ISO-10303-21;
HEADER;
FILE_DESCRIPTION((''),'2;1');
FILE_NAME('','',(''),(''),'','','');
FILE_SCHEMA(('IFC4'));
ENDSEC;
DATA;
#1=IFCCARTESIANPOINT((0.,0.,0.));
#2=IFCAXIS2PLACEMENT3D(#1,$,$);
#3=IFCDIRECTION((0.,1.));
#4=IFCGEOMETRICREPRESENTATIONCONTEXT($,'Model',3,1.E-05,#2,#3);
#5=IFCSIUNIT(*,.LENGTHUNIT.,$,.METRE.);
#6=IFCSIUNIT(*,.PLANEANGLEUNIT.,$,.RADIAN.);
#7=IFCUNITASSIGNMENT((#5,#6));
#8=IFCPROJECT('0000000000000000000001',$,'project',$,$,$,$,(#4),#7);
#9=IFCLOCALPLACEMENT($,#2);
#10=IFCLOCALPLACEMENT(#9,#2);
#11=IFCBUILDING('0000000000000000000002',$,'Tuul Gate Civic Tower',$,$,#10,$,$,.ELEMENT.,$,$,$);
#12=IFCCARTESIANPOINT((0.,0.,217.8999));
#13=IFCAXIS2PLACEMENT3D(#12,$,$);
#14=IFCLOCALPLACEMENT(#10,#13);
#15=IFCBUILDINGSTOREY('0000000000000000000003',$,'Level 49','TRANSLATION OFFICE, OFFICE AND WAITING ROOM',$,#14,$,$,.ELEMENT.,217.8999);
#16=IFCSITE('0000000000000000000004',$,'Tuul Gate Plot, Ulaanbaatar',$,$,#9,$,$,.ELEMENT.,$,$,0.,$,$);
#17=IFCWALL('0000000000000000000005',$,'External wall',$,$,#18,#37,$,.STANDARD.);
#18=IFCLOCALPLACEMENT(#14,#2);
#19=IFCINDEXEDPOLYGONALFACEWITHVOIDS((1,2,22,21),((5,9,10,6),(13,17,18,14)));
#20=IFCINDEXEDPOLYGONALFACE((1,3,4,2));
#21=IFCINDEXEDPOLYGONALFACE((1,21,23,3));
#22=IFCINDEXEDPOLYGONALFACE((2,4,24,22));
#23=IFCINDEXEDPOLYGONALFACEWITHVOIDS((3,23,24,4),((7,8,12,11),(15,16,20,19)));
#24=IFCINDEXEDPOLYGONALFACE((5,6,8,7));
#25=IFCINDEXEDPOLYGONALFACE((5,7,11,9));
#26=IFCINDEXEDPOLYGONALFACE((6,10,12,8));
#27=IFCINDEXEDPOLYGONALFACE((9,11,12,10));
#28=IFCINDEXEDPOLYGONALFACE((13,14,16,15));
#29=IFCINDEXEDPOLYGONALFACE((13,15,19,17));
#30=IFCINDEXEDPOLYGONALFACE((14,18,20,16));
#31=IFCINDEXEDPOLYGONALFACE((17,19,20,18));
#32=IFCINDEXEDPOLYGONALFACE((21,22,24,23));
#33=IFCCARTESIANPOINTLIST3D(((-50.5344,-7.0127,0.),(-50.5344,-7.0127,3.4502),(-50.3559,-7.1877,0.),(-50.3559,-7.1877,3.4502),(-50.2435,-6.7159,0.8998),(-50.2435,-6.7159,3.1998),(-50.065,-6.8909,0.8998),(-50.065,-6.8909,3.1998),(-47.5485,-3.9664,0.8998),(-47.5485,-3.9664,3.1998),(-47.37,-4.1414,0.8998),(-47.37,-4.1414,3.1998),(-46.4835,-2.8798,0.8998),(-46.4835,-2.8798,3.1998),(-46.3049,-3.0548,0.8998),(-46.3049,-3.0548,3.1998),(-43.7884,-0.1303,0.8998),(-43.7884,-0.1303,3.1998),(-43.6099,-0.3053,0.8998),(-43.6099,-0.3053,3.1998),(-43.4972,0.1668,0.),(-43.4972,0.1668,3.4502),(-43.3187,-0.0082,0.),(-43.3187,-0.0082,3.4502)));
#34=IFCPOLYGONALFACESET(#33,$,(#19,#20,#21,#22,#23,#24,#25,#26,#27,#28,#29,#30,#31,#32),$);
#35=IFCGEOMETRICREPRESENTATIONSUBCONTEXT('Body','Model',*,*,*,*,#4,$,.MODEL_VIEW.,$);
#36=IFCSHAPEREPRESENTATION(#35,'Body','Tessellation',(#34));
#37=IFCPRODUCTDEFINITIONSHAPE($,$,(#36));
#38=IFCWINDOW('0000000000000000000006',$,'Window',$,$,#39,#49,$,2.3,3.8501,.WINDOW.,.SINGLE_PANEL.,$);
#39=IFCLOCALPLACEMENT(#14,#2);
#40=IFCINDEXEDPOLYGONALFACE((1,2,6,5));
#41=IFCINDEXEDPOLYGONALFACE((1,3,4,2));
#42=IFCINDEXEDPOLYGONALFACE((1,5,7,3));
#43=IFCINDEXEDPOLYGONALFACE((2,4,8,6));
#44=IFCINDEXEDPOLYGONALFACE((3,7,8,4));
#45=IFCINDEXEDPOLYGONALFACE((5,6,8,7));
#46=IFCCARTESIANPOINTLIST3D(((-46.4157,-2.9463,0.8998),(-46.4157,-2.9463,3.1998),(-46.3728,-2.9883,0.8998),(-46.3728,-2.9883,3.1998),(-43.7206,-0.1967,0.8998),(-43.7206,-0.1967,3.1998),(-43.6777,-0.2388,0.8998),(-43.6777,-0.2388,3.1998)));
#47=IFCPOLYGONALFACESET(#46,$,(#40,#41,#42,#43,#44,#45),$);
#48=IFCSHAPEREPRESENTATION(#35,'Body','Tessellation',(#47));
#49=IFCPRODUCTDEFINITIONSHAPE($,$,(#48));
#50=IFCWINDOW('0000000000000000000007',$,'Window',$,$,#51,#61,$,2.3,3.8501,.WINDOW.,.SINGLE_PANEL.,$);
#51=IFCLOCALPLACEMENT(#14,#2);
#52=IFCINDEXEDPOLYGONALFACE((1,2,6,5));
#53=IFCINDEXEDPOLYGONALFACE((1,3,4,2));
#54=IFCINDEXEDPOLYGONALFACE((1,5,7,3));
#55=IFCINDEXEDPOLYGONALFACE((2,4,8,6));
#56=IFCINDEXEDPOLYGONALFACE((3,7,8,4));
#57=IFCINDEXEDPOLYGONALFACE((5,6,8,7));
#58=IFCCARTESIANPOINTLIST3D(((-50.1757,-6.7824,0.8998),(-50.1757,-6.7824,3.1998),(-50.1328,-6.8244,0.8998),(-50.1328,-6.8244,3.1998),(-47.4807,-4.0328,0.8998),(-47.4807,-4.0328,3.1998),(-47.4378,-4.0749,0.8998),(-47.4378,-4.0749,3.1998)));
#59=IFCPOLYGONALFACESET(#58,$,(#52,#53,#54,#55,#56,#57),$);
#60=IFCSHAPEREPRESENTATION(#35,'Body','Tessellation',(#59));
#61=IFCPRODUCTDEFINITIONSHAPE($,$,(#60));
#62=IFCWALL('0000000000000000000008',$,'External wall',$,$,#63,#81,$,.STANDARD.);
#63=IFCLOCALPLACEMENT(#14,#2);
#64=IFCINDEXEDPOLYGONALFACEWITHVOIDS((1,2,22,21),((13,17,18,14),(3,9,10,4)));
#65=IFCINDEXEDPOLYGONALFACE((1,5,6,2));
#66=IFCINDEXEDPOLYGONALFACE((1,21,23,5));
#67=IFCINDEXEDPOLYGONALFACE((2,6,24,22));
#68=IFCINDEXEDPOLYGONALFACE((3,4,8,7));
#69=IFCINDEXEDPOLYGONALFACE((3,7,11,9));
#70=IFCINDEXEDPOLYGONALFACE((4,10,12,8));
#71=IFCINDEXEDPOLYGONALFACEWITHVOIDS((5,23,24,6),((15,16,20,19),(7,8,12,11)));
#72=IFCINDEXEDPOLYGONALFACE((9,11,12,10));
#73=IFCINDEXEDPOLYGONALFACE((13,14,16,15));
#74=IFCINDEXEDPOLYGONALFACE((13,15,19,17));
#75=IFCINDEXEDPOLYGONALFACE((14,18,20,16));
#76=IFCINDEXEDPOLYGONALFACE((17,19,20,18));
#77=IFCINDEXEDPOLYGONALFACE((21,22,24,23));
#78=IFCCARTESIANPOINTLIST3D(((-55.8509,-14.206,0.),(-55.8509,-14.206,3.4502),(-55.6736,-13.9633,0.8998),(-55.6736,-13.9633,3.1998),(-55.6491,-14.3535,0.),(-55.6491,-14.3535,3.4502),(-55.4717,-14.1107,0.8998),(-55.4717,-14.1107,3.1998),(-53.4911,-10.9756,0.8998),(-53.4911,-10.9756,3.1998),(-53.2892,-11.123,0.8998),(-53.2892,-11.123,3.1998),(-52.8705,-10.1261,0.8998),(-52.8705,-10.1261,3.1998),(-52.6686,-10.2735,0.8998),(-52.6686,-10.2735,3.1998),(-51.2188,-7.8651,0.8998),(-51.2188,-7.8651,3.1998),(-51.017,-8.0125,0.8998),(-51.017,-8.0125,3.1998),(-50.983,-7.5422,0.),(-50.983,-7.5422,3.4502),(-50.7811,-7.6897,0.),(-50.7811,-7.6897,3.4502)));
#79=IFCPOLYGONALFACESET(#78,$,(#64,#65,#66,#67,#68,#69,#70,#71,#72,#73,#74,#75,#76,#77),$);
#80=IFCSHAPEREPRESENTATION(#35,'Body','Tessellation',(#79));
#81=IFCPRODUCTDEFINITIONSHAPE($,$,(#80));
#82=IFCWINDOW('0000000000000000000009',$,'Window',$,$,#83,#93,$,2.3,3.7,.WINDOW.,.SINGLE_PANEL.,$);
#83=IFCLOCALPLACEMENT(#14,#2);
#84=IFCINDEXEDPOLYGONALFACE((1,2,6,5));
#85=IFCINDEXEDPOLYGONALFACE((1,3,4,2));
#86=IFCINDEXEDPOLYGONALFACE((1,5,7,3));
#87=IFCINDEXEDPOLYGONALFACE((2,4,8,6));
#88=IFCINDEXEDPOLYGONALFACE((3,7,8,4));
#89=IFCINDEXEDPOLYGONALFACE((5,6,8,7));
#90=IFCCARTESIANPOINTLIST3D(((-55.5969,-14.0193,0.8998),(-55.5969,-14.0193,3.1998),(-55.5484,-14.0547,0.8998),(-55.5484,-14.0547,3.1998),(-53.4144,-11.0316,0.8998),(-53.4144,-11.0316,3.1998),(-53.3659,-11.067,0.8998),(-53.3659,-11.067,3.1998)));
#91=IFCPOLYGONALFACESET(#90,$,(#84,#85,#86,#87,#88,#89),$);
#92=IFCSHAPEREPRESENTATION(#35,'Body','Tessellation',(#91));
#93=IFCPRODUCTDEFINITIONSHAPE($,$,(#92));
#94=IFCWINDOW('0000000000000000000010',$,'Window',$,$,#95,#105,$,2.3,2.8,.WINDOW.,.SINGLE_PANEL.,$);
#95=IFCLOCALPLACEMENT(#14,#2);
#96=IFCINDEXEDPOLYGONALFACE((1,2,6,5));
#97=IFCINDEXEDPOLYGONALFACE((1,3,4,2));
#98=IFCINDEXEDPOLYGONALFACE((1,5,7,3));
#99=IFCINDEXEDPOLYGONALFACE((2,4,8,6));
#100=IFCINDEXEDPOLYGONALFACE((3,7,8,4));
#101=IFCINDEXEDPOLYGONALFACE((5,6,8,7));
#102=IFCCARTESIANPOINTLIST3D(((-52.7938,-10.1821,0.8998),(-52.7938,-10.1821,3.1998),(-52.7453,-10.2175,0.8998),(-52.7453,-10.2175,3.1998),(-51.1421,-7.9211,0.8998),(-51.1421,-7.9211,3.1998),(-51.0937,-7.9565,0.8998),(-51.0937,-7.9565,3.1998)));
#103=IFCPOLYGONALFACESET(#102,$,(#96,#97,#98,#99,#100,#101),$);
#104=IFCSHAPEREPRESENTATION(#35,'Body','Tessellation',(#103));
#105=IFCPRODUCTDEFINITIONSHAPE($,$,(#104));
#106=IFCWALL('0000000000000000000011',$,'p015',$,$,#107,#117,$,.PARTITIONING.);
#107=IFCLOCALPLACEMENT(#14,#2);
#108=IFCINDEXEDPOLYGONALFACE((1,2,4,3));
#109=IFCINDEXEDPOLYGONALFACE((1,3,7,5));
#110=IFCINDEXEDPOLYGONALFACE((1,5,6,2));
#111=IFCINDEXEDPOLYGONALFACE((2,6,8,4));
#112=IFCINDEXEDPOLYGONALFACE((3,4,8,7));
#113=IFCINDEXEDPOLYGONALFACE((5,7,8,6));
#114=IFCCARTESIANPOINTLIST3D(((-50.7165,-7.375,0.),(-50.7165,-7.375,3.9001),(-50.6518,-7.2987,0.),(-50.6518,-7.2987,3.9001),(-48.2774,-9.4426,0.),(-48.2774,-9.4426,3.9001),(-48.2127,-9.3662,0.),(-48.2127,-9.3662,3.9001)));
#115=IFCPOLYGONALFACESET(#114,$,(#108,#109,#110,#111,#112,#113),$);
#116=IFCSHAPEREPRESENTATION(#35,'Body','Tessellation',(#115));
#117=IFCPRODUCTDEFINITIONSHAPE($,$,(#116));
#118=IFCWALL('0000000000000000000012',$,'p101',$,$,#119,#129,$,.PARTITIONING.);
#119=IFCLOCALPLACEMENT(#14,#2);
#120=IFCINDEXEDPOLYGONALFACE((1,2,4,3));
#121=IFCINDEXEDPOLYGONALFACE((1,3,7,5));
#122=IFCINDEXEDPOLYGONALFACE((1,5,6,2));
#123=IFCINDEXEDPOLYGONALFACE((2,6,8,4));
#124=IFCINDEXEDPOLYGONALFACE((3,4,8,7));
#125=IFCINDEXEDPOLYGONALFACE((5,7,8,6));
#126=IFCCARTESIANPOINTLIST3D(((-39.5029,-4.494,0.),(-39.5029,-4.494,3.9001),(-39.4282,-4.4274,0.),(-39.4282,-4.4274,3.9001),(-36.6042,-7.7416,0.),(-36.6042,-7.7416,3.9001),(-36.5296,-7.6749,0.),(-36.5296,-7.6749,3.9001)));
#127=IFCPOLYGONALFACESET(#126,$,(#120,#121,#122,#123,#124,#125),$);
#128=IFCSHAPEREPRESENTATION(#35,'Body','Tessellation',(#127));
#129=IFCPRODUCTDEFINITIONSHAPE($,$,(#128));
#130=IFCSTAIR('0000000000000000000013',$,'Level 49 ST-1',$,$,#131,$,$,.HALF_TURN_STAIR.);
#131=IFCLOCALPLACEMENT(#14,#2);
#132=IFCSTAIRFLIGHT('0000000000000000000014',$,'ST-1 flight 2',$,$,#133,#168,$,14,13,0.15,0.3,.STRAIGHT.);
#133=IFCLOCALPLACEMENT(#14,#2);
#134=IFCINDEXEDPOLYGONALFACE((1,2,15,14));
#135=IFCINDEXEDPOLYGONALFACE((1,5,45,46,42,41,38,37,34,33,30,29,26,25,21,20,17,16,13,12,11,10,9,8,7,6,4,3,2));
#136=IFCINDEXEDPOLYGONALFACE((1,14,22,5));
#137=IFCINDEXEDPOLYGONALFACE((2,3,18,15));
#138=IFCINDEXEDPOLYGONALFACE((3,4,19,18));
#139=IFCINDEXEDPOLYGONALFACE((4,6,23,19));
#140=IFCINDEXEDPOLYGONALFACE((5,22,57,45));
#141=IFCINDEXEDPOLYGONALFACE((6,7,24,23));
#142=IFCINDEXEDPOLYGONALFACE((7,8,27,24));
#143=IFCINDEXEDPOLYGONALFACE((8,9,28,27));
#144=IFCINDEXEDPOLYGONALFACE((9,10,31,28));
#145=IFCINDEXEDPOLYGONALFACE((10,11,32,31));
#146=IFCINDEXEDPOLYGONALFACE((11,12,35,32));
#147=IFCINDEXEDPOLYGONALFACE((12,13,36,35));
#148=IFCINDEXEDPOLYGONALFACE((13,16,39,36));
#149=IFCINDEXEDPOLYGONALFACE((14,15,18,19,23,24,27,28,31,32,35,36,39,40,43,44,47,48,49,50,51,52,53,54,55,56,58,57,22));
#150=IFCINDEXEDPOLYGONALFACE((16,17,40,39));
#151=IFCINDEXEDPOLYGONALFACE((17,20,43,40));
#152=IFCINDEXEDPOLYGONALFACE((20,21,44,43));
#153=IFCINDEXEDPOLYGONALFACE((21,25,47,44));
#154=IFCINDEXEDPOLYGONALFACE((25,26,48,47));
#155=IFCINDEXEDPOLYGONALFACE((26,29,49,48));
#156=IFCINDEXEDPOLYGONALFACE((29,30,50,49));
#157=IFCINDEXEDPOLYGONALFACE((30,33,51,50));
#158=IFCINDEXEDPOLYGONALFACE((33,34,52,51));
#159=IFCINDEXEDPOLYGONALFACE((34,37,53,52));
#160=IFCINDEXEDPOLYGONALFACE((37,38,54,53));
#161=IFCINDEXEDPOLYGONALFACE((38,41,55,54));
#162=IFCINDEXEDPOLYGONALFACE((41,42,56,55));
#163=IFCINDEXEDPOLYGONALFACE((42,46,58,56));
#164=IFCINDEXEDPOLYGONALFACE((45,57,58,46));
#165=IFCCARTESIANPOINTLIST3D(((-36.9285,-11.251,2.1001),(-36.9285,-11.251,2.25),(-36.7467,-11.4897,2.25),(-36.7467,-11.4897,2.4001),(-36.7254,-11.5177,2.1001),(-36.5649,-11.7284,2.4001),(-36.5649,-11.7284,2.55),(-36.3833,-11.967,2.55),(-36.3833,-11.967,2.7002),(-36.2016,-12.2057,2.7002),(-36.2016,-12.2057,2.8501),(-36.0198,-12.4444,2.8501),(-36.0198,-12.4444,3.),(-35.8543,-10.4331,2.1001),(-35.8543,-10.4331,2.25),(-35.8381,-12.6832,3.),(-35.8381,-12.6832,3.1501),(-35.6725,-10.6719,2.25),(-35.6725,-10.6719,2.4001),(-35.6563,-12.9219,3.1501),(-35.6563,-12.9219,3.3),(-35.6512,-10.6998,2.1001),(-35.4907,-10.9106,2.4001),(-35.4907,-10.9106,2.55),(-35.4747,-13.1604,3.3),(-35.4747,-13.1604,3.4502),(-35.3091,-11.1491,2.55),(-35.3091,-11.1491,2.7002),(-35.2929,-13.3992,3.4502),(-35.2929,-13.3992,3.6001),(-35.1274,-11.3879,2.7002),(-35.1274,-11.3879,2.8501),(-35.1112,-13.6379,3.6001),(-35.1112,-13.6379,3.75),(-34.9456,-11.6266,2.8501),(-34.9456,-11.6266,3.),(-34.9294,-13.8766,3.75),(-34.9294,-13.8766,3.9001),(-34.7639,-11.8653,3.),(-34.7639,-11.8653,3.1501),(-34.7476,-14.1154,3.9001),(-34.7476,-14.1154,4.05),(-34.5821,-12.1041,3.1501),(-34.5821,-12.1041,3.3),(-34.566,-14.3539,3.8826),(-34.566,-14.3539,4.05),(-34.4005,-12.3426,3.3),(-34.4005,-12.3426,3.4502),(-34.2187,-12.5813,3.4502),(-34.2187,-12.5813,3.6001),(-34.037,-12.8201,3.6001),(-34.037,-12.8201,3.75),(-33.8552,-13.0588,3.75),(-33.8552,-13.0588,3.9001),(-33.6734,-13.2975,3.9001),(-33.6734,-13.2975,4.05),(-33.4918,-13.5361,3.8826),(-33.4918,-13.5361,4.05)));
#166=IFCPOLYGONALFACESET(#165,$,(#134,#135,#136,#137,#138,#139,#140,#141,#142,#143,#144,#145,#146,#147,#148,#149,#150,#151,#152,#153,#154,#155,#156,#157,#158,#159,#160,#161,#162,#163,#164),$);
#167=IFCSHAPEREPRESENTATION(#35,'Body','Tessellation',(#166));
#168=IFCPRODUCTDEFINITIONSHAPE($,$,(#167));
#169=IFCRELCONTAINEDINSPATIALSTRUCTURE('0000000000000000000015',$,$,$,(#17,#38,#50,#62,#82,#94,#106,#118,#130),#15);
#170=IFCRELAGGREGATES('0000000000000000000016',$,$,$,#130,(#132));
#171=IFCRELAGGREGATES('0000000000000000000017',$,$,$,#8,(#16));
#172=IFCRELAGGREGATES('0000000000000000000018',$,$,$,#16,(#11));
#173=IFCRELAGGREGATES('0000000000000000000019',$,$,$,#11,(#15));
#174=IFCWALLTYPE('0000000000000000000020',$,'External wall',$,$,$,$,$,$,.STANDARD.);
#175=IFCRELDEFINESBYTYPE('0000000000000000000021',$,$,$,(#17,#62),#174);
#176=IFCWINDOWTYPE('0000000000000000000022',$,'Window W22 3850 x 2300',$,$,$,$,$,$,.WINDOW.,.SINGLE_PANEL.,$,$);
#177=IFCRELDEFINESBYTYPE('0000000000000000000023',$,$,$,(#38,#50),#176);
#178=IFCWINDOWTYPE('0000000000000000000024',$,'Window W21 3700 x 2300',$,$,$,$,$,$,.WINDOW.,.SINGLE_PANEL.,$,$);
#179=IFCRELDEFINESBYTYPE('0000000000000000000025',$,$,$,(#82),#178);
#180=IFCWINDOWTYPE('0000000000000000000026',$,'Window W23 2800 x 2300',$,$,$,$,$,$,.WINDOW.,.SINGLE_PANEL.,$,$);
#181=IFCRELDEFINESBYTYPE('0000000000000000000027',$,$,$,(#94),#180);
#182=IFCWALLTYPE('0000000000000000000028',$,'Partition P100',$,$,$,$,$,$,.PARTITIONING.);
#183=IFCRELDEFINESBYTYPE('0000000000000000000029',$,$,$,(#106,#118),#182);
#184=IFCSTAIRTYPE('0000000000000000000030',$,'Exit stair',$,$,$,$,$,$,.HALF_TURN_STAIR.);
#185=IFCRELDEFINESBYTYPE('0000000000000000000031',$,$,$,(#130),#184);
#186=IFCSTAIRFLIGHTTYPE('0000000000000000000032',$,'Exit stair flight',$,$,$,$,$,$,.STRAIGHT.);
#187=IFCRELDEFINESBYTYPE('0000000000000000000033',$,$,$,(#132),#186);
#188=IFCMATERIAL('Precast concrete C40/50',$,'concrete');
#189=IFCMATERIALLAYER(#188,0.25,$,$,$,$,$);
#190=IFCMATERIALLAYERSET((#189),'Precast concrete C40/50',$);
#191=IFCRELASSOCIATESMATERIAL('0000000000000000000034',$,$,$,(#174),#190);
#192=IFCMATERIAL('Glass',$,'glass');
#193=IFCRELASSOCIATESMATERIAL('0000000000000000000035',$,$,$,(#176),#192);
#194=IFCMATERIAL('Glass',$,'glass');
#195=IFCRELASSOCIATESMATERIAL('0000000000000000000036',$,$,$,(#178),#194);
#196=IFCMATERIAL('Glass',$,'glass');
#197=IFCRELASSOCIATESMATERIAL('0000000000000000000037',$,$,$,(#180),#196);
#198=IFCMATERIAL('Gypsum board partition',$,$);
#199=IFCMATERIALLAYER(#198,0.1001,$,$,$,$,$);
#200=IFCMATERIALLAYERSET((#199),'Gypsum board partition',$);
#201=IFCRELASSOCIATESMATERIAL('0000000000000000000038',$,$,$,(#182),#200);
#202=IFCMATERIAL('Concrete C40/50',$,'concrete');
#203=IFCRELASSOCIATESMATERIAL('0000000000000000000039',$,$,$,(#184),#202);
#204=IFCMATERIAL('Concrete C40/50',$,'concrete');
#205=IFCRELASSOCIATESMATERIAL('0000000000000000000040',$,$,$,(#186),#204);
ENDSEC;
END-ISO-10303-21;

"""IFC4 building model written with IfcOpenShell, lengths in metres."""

from ifc_helpers import new_model, si_unit, direction, frame, frame_2d, origin, place, context, subcontext, project, spatial, polyline, rectangle, outline, extrude, material, layer, layer_set, type_object, element, fill, aggregate, save


model = new_model("IFC4")

# Units and contexts
model_context = context("Model", 3, precision=1e-05, world=origin(), true_north=direction((0.0, 1.0)))
body_context = subcontext(model_context, "Body", "Model", "MODEL_VIEW")
ifc_project = project(units=[si_unit("LENGTHUNIT", "METRE"), si_unit("PLANEANGLEUNIT", "RADIAN")], contexts=[model_context])

# Site, building, storey
site_placement = place(None, origin())
site = spatial("IfcSite", under=ifc_project, at=site_placement, Name="Tuul Gate Plot, Ulaanbaatar", CompositionType="ELEMENT", RefElevation=0.0)
building_placement = place(site_placement, origin())
building = spatial("IfcBuilding", under=site, at=building_placement, Name="Tuul Gate Civic Tower", CompositionType="ELEMENT")
storey_placement = place(building_placement, frame((0.0, 0.0, 217.8999)))
storey = spatial("IfcBuildingStorey", under=building, at=storey_placement, Name="Level 49", Description="TRANSLATION OFFICE, OFFICE AND WAITING ROOM", CompositionType="ELEMENT", Elevation=217.8999)

# Walls, openings, windows
ifc_material_1 = material(Name="Precast concrete C40/50", Category="concrete")
ifc_layer_1 = layer(ifc_material_1, 0.25)
ifc_layer_set_1 = layer_set([ifc_layer_1], Name="Precast concrete C40/50")
wall_type_1 = type_object("IfcWallType", Name="External wall", PredefinedType="STANDARD", material=ifc_layer_set_1)
wall_1_placement = place(storey_placement, frame((-43.408, 0.0793, 0.0), z_axis=(0.0, 0.0, 1.0), x_axis=(-0.699992, -0.71415, 0.0)))
wall_1 = element("IfcWall", 1, at=wall_1_placement, inside=storey, type_object=wall_type_1, Name="External wall", PredefinedType="STANDARD", context=body_context, shape_type="SweptSolid", body=[
    extrude(rectangle(XDim=10.0532, YDim=0.25, at=frame_2d((5.0266, 0.0))), origin(), (0.0, 0.0, 1.0), 3.4502),
])
opening_1_placement = place(wall_1_placement, frame((0.416, 0.0, 0.8999)))
opening_1 = element("IfcOpeningElement", 2, at=opening_1_placement, cuts=wall_1, PredefinedType="OPENING", context=body_context, shape_type="SweptSolid", body=[
    extrude(rectangle(XDim=3.8501, YDim=2.3, at=frame_2d((1.925, 1.1499))), frame((0.0, 0.135, 0.0), z_axis=(0.0, -1.0, 0.0), x_axis=(1.0, 0.0, 0.0)), (0.0, 0.0, 1.0), 0.27),
])
opening_2_placement = place(wall_1_placement, frame((5.7876, 0.0, 0.8999)))
opening_2 = element("IfcOpeningElement", 3, at=opening_2_placement, cuts=wall_1, PredefinedType="OPENING", context=body_context, shape_type="SweptSolid", body=[
    extrude(rectangle(XDim=3.8501, YDim=2.3, at=frame_2d((1.925, 1.1499))), frame((0.0, 0.135, 0.0), z_axis=(0.0, -1.0, 0.0), x_axis=(1.0, 0.0, 0.0)), (0.0, 0.0, 1.0), 0.27),
])
ifc_material_2 = material(Name="Glass", Category="glass")
window_type_1 = type_object("IfcWindowType", Name="Window W22 3850 x 2300", PartitioningType="SINGLE_PANEL", PredefinedType="WINDOW", material=ifc_material_2)
window_1_placement = place(opening_1_placement, origin())
window_1 = element("IfcWindow", 4, at=window_1_placement, inside=storey, type_object=window_type_1, Name="Window", OverallHeight=2.3, OverallWidth=3.8501, PartitioningType="SINGLE_PANEL", PredefinedType="WINDOW", context=body_context, shape_type="SweptSolid", body=[
    extrude(rectangle(XDim=3.8501, YDim=2.3, at=frame_2d((1.925, 1.1499))), frame((0.0, 0.03, 0.0), z_axis=(0.0, -1.0, 0.0), x_axis=(1.0, 0.0, 0.0)), (0.0, 0.0, 1.0), 0.0601),
])
fill(opening_1, window_1)
window_2_placement = place(opening_2_placement, origin())
window_2 = element("IfcWindow", 5, at=window_2_placement, inside=storey, type_object=window_type_1, Name="Window", OverallHeight=2.3, OverallWidth=3.8501, PartitioningType="SINGLE_PANEL", PredefinedType="WINDOW", context=body_context, shape_type="SweptSolid", body=[
    extrude(rectangle(XDim=3.8501, YDim=2.3, at=frame_2d((1.925, 1.1499))), frame((0.0, 0.03, 0.0), z_axis=(0.0, -1.0, 0.0), x_axis=(1.0, 0.0, 0.0)), (0.0, 0.0, 1.0), 0.0601),
])
fill(opening_2, window_2)
wall_2_placement = place(storey_placement, frame((-50.8821, -7.616, 0.0), z_axis=(0.0, 0.0, 1.0), x_axis=(-0.589875, -0.807495, 0.0)))
wall_2 = element("IfcWall", 6, at=wall_2_placement, inside=storey, type_object=wall_type_1, Name="External wall", PredefinedType="STANDARD", context=body_context, shape_type="SweptSolid", body=[
    extrude(rectangle(XDim=8.2524, YDim=0.25, at=frame_2d((4.1262, 0.0))), origin(), (0.0, 0.0, 1.0), 3.4502),
])
opening_3_placement = place(wall_2_placement, frame((0.3999, 0.0, 0.8999)))
opening_3 = element("IfcOpeningElement", 7, at=opening_3_placement, cuts=wall_2, PredefinedType="OPENING", context=body_context, shape_type="SweptSolid", body=[
    extrude(rectangle(XDim=2.8, YDim=2.3, at=frame_2d((1.3999, 1.1499))), frame((0.0, 0.135, 0.0), z_axis=(0.0, -1.0, 0.0), x_axis=(1.0, 0.0, 0.0)), (0.0, 0.0, 1.0), 0.27),
])
opening_4_placement = place(wall_2_placement, frame((4.2517, 0.0, 0.8999)))
opening_4 = element("IfcOpeningElement", 8, at=opening_4_placement, cuts=wall_2, PredefinedType="OPENING", context=body_context, shape_type="SweptSolid", body=[
    extrude(rectangle(XDim=3.7, YDim=2.3, at=frame_2d((1.8501, 1.1499))), frame((0.0, 0.135, 0.0), z_axis=(0.0, -1.0, 0.0), x_axis=(1.0, 0.0, 0.0)), (0.0, 0.0, 1.0), 0.27),
])
ifc_material_3 = material(Name="Glass", Category="glass")
window_type_2 = type_object("IfcWindowType", Name="Window W21 3700 x 2300", PartitioningType="SINGLE_PANEL", PredefinedType="WINDOW", material=ifc_material_3)
window_3_placement = place(opening_4_placement, origin())
window_3 = element("IfcWindow", 9, at=window_3_placement, inside=storey, type_object=window_type_2, Name="Window", OverallHeight=2.3, OverallWidth=3.7, PartitioningType="SINGLE_PANEL", PredefinedType="WINDOW", context=body_context, shape_type="SweptSolid", body=[
    extrude(rectangle(XDim=3.7, YDim=2.3, at=frame_2d((1.8501, 1.1499))), frame((0.0, 0.03, 0.0), z_axis=(0.0, -1.0, 0.0), x_axis=(1.0, 0.0, 0.0)), (0.0, 0.0, 1.0), 0.0601),
])
fill(opening_4, window_3)
ifc_material_4 = material(Name="Glass", Category="glass")
window_type_3 = type_object("IfcWindowType", Name="Window W23 2800 x 2300", PartitioningType="SINGLE_PANEL", PredefinedType="WINDOW", material=ifc_material_4)
window_4_placement = place(opening_3_placement, origin())
window_4 = element("IfcWindow", 10, at=window_4_placement, inside=storey, type_object=window_type_3, Name="Window", OverallHeight=2.3, OverallWidth=2.8, PartitioningType="SINGLE_PANEL", PredefinedType="WINDOW", context=body_context, shape_type="SweptSolid", body=[
    extrude(rectangle(XDim=2.8, YDim=2.3, at=frame_2d((1.3999, 1.1499))), frame((0.0, 0.03, 0.0), z_axis=(0.0, -1.0, 0.0), x_axis=(1.0, 0.0, 0.0)), (0.0, 0.0, 1.0), 0.0601),
])
fill(opening_3, window_4)

# Walls
ifc_material_5 = material(Name="Gypsum board partition")
ifc_layer_2 = layer(ifc_material_5, 0.1001)
ifc_layer_set_2 = layer_set([ifc_layer_2], Name="Gypsum board partition")
wall_type_2 = type_object("IfcWallType", Name="Partition P100", PredefinedType="PARTITIONING", material=ifc_layer_set_2)
wall_3_placement = place(storey_placement, frame((-50.6841, -7.3369, 0.0), z_axis=(0.0, 0.0, 1.0), x_axis=(0.762818, -0.646613, 0.0)))
element("IfcWall", 11, at=wall_3_placement, inside=storey, type_object=wall_type_2, Name="p015", PredefinedType="PARTITIONING", context=body_context, shape_type="SweptSolid", body=[
    extrude(rectangle(XDim=3.1975, YDim=0.1001, at=frame_2d((1.5986, 0.0))), origin(), (0.0, 0.0, 1.0), 3.9001),
])
wall_4_placement = place(storey_placement, frame((-39.4656, -4.4607, 0.0), z_axis=(0.0, 0.0, 1.0), x_axis=(0.665898, -0.746043, 0.0)))
element("IfcWall", 12, at=wall_4_placement, inside=storey, type_object=wall_type_2, Name="p101", PredefinedType="PARTITIONING", context=body_context, shape_type="SweptSolid", body=[
    extrude(rectangle(XDim=4.353, YDim=0.1001, at=frame_2d((2.1765, 0.0))), origin(), (0.0, 0.0, 1.0), 3.9001),
])

# Stair, stair flight
ifc_material_6 = material(Name="Concrete C40/50", Category="concrete")
stair_type = type_object("IfcStairType", Name="Exit stair", PredefinedType="HALF_TURN_STAIR", material=ifc_material_6)
stair_placement = place(storey_placement, origin())
stair = element("IfcStair", 13, at=stair_placement, inside=storey, type_object=stair_type, Name="Level 49 ST-1", PredefinedType="HALF_TURN_STAIR")
ifc_material_7 = material(Name="Concrete C40/50", Category="concrete")
stair_flight_type = type_object("IfcStairFlightType", Name="Exit stair flight", PredefinedType="STRAIGHT", material=ifc_material_7)
stair_flight_placement = place(storey_placement, frame((-36.3914, -10.842, 2.1001), z_axis=(0.0, 0.0, 1.0), x_axis=(0.605764, -0.795644, 0.0)))
stair_flight = element("IfcStairFlight", 14, at=stair_flight_placement, type_object=stair_flight_type, Name="ST-1 flight 2", NumberOfRisers=14, NumberOfTreads=13, PredefinedType="STRAIGHT", RiserHeight=0.15, TreadLength=0.3, context=body_context, shape_type="SweptSolid", body=[
    extrude(outline(polyline([(0.0, 0.0), (0.0, 0.1499), (0.3, 0.1499), (0.3, 0.3), (0.6001, 0.3), (0.6001, 0.45), (0.8999, 0.45), (0.8999, 0.6001), (1.2, 0.6001), (1.2, 0.75), (1.5, 0.75), (1.5, 0.8999), (1.8, 0.8999), (1.8, 1.05), (2.1001, 1.05), (2.1001, 1.2), (2.3999, 1.2), (2.3999, 1.3501), (2.7, 1.3501), (2.7, 1.5), (3.0, 1.5), (3.0, 1.6499), (3.3, 1.6499), (3.3, 1.8), (3.6001, 1.8), (3.6001, 1.95), (3.8999, 1.95), (3.8999, 2.1001), (3.8999, 1.7825), (0.3352, 0.0), (0.0, 0.0)])), frame((0.0, 0.675, 0.0), z_axis=(0.0, -1.0, 0.0), x_axis=(1.0, 0.0, 0.0)), (0.0, 0.0, 1.0), 1.3501),
])
aggregate(stair, [stair_flight])

save(model, "model.ifc")
